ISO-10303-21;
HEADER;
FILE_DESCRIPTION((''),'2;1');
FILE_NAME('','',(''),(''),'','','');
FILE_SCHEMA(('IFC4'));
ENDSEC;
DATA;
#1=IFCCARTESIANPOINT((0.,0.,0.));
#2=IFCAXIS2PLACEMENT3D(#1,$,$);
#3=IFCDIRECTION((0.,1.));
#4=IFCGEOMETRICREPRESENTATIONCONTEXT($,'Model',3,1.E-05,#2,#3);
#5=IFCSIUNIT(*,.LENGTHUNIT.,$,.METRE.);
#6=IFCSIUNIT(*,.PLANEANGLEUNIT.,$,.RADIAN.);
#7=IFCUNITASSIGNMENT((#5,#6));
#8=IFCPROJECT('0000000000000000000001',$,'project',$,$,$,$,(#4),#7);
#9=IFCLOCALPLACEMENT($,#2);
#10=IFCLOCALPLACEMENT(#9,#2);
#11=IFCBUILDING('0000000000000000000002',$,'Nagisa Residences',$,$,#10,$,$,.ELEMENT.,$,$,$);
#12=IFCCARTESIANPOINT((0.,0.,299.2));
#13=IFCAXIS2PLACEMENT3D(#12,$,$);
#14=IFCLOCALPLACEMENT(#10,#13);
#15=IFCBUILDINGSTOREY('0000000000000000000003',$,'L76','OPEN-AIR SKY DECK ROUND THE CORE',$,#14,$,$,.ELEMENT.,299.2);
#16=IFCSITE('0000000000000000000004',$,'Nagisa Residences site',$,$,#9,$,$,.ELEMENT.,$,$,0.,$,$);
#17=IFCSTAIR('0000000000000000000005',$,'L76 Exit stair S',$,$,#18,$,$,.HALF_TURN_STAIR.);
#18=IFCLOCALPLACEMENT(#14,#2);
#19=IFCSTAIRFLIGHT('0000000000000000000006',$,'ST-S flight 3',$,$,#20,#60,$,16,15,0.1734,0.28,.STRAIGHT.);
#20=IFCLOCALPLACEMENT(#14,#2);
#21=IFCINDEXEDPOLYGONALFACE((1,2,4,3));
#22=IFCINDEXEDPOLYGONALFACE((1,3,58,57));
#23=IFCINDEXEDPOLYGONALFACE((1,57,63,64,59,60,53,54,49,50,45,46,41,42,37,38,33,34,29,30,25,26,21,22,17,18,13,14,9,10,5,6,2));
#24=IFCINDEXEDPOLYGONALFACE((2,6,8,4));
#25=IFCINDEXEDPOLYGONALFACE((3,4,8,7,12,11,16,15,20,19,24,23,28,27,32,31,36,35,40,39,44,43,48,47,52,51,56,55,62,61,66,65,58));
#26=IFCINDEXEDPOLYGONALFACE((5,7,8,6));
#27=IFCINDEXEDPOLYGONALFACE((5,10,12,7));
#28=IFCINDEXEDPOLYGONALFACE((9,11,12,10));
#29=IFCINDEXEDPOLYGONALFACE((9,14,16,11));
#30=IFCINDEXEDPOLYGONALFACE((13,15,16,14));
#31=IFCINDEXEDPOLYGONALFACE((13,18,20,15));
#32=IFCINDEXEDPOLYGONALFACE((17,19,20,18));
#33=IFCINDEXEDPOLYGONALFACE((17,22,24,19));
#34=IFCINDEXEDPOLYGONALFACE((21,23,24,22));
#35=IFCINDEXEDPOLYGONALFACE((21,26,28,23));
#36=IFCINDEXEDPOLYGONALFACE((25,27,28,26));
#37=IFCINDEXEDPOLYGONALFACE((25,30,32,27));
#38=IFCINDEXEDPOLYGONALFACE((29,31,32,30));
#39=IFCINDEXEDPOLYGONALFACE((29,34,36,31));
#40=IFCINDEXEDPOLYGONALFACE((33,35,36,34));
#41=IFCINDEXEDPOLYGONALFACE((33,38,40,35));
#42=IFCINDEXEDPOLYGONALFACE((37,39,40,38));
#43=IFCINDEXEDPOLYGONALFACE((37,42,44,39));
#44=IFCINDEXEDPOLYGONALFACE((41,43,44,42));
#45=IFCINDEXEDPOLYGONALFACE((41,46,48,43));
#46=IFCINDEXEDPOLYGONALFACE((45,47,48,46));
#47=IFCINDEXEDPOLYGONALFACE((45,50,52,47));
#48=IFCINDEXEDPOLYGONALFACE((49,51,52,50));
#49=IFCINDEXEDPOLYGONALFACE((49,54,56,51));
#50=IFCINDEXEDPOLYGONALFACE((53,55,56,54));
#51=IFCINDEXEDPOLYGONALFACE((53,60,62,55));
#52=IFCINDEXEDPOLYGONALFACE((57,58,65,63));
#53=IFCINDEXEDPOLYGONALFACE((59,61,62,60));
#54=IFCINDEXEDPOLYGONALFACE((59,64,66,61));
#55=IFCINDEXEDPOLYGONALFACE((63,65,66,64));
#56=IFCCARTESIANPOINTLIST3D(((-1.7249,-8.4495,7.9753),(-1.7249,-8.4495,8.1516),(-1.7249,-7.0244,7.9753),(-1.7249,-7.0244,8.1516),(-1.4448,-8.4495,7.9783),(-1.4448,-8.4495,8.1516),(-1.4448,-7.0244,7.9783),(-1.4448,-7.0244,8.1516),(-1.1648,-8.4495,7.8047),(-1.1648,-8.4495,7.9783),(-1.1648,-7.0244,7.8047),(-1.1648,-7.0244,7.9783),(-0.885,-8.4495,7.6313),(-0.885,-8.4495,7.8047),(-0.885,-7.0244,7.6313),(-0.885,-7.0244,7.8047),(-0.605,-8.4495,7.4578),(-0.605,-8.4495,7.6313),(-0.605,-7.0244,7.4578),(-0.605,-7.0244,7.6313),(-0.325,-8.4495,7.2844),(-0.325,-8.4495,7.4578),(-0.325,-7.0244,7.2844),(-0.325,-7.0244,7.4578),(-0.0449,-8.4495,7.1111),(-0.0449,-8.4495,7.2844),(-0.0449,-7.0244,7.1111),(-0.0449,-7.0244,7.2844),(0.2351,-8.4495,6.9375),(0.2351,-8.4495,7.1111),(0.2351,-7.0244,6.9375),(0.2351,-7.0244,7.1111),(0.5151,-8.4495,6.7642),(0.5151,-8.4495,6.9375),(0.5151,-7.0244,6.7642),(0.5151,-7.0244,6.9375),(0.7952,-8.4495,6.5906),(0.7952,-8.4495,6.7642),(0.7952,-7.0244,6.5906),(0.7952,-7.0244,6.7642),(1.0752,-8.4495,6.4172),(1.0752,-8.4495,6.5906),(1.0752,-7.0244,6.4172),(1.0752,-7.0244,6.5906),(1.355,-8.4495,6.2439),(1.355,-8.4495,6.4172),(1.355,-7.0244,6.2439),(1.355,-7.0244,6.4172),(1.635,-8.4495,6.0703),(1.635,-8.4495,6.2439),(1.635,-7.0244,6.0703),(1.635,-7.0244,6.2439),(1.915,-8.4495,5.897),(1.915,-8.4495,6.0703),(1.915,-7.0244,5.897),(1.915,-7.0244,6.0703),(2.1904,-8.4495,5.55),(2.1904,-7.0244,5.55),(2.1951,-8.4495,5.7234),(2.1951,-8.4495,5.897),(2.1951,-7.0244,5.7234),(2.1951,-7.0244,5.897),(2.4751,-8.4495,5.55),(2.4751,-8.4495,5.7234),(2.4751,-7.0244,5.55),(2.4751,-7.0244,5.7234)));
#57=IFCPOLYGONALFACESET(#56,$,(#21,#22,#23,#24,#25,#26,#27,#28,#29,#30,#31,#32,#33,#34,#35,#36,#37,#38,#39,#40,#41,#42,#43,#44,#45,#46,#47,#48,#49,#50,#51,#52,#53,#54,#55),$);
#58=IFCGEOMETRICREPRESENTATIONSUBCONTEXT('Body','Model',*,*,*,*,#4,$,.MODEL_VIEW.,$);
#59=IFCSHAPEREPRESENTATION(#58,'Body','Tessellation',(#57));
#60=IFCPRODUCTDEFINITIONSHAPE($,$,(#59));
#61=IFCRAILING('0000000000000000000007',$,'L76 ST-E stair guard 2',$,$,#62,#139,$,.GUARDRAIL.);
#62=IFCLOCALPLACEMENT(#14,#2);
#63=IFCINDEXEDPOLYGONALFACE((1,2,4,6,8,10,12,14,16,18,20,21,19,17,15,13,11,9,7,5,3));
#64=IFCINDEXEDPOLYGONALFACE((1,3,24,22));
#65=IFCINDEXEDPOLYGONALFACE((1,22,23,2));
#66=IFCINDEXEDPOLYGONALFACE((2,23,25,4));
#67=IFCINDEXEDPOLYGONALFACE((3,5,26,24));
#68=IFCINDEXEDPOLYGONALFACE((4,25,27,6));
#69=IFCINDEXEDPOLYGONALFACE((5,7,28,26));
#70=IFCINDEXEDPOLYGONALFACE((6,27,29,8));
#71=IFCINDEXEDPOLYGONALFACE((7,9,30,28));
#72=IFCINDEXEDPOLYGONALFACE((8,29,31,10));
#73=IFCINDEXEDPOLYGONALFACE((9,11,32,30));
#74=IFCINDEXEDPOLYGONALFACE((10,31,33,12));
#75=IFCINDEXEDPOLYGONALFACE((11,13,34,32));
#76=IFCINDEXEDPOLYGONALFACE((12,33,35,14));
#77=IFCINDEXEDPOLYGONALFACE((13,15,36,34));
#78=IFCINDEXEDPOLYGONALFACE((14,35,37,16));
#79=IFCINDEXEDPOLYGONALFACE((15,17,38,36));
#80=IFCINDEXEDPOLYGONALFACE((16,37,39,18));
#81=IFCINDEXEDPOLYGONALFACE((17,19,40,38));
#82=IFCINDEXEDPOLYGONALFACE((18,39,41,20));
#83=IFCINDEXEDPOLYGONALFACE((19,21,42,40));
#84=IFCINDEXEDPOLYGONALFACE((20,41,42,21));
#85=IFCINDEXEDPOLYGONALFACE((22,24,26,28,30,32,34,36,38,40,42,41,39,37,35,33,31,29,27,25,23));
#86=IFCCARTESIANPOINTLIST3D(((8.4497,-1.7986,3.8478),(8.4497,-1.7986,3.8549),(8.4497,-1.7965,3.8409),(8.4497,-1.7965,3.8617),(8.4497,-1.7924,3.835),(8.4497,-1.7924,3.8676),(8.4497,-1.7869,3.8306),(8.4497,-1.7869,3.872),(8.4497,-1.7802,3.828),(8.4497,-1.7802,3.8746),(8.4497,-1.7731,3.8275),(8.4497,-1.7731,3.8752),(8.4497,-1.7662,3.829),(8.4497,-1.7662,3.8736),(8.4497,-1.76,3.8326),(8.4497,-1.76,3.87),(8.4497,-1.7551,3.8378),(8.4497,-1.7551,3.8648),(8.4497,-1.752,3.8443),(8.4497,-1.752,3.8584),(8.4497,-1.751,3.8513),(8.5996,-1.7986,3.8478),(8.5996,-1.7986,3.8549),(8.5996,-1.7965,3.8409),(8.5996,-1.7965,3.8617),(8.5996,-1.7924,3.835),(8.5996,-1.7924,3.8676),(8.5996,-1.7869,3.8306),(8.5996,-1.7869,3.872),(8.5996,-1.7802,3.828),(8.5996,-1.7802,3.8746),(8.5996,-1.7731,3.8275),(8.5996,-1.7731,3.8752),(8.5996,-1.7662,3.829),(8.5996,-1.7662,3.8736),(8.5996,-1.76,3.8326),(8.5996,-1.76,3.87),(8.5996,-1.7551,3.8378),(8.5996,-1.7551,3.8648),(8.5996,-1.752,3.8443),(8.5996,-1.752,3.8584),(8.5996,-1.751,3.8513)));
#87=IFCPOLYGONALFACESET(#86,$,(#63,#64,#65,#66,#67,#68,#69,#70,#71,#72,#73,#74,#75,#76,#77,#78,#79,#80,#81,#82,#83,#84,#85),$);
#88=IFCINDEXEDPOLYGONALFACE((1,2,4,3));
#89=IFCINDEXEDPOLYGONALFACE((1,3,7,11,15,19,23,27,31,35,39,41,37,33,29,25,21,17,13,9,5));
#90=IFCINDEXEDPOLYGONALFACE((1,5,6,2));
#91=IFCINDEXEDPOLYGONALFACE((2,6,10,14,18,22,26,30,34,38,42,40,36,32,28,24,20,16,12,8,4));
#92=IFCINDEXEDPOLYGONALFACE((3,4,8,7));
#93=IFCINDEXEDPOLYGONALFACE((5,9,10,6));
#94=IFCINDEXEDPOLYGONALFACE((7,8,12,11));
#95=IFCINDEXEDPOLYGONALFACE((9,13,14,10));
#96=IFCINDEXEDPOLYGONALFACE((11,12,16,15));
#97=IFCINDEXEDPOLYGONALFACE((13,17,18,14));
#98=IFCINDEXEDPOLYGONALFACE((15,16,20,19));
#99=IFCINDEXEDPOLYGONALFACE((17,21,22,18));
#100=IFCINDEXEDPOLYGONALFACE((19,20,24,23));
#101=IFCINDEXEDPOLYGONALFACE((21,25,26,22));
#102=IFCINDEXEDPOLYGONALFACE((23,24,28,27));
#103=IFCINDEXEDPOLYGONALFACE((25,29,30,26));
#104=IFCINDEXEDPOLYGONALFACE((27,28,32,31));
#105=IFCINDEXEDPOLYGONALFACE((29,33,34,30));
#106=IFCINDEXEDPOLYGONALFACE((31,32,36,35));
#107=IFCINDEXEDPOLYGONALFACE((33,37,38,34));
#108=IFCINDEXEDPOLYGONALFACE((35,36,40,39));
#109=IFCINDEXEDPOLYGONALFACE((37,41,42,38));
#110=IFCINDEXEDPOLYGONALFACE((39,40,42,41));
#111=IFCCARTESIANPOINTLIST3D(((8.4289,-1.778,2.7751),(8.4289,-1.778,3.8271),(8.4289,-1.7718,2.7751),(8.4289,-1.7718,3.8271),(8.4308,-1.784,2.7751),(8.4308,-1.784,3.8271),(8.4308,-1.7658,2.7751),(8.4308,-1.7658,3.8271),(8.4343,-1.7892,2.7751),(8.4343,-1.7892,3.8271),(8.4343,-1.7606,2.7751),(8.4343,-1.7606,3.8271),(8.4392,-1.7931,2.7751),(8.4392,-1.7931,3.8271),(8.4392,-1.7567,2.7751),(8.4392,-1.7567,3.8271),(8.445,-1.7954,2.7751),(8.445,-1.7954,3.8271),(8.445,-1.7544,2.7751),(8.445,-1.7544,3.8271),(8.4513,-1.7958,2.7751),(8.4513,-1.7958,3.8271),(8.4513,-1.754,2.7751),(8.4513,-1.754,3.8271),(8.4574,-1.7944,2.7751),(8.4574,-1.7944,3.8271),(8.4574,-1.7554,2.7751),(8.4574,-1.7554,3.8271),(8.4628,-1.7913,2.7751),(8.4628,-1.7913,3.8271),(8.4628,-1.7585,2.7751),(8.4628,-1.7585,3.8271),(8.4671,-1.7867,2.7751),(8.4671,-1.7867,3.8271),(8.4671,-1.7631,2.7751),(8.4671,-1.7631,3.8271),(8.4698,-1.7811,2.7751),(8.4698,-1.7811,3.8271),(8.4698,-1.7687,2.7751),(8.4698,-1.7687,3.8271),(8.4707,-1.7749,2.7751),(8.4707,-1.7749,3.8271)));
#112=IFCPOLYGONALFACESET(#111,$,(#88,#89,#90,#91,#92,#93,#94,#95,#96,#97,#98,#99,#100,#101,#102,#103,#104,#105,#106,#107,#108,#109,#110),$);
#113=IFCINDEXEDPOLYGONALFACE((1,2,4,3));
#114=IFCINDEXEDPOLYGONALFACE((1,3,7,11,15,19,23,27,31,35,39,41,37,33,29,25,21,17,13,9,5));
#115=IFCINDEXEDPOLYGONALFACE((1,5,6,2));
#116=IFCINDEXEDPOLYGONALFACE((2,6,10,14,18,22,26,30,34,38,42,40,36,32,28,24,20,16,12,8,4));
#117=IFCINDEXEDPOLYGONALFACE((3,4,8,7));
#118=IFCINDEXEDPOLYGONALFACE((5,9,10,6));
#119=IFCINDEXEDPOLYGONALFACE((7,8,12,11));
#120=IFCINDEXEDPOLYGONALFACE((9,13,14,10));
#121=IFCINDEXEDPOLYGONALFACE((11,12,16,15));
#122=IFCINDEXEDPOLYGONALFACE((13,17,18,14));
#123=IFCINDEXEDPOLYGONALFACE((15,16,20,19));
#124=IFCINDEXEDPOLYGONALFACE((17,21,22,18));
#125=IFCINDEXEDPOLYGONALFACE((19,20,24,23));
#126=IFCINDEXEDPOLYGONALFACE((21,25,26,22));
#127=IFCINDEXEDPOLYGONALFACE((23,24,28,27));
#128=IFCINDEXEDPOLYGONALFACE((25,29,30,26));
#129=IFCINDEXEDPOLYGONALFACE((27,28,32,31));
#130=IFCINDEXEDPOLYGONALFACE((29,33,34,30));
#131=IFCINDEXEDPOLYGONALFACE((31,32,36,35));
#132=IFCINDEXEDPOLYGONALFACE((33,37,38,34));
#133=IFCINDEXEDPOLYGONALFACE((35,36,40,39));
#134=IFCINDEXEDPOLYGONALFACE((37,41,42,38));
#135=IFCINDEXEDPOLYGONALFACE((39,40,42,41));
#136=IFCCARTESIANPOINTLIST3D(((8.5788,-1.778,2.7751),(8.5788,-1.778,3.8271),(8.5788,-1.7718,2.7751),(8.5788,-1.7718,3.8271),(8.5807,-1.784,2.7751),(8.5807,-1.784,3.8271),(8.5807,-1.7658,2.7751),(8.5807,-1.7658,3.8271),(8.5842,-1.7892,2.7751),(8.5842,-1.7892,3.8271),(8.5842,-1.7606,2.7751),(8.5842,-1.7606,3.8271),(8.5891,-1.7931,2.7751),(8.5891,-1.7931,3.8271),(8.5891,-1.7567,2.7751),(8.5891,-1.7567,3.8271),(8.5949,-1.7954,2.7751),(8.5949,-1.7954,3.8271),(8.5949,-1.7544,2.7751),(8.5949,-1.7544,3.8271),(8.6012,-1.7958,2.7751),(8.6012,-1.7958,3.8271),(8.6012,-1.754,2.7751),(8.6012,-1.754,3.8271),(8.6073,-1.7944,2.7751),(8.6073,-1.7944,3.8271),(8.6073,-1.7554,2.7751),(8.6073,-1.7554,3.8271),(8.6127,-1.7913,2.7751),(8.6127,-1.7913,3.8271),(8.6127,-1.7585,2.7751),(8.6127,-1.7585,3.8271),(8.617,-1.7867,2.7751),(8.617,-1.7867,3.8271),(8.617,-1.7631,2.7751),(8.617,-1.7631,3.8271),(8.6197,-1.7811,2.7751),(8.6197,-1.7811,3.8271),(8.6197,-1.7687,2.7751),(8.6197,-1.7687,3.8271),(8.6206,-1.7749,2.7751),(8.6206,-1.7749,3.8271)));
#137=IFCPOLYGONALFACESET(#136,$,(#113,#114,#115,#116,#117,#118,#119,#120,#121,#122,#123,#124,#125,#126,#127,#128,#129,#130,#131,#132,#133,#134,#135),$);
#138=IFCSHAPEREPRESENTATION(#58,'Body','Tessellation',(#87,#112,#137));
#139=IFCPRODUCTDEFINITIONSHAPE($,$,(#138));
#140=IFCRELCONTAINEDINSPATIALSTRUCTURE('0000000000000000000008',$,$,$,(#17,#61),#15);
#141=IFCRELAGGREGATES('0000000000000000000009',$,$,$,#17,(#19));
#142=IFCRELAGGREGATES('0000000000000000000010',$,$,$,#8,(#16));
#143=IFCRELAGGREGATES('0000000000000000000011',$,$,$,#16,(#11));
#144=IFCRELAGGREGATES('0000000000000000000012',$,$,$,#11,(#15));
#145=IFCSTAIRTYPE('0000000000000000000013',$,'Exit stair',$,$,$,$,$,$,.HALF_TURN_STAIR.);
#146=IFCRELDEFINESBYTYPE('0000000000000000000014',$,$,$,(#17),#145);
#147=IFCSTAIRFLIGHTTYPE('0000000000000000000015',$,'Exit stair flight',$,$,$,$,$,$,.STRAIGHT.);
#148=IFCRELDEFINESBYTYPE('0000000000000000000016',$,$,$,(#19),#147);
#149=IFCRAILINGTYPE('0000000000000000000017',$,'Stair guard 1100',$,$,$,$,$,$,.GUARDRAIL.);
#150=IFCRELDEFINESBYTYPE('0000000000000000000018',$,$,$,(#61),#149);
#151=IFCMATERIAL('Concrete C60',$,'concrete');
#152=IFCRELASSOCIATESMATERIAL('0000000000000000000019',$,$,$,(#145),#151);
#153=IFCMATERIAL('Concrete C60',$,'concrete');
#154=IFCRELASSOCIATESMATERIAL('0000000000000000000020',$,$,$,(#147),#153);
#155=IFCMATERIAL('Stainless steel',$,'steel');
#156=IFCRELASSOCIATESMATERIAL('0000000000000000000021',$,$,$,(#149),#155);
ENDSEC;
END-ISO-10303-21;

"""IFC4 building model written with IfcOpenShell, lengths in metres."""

from ifc_helpers import new_model, si_unit, direction, frame, origin, origin_2d, place, context, subcontext, project, spatial, polyline, circle, outline, extrude, material, type_object, element, aggregate, save


model = new_model("IFC4")

# Units and contexts
model_context = context("Model", 3, precision=1e-05, world=origin(), true_north=direction((0.0, 1.0)))
body_context = subcontext(model_context, "Body", "Model", "MODEL_VIEW")
ifc_project = project(units=[si_unit("LENGTHUNIT", "METRE"), si_unit("PLANEANGLEUNIT", "RADIAN")], contexts=[model_context])

# Site, building, storey
site_placement = place(None, origin())
site = spatial("IfcSite", under=ifc_project, at=site_placement, Name="Nagisa Residences site", CompositionType="ELEMENT", RefElevation=0.0)
building_placement = place(site_placement, origin())
building = spatial("IfcBuilding", under=site, at=building_placement, Name="Nagisa Residences", CompositionType="ELEMENT")
storey_placement = place(building_placement, frame((0.0, 0.0, 299.2)))
storey = spatial("IfcBuildingStorey", under=building, at=storey_placement, Name="L76", Description="OPEN-AIR SKY DECK ROUND THE CORE", CompositionType="ELEMENT", Elevation=299.2)

# Stair, stair flight
ifc_material_1 = material(Name="Concrete C60", Category="concrete")
stair_type = type_object("IfcStairType", Name="Exit stair", PredefinedType="HALF_TURN_STAIR", material=ifc_material_1)
ifc_material_2 = material(Name="Concrete C60", Category="concrete")
stair_flight_type = type_object("IfcStairFlightType", Name="Exit stair flight", PredefinedType="STRAIGHT", material=ifc_material_2)
stair_1_placement = place(storey_placement, origin())
stair_1 = element("IfcStair", 1, at=stair_1_placement, inside=storey, type_object=stair_type, Name="L76 Exit stair S", PredefinedType="HALF_TURN_STAIR")
stair_flight_1_placement = place(storey_placement, frame((2.4751, -7.7371, 5.55), z_axis=(0.0, 0.0, 1.0), x_axis=(-1.0, 0.0, 0.0)))
stair_flight_1 = element("IfcStairFlight", 2, at=stair_flight_1_placement, type_object=stair_flight_type, Name="ST-S flight 3", NumberOfRisers=16, NumberOfTreads=15, PredefinedType="STRAIGHT", RiserHeight=0.1734, TreadLength=0.28, context=body_context, shape_type="SweptSolid", body=[
    extrude(outline(polyline([(0.0, 0.0), (0.0, 0.1733), (0.28, 0.1733), (0.28, 0.3469), (0.5601, 0.3469), (0.5601, 0.5203), (0.8401, 0.5203), (0.8401, 0.6938), (1.1201, 0.6938), (1.1201, 0.8672), (1.3999, 0.8672), (1.3999, 1.0405), (1.6799, 1.0405), (1.6799, 1.2141), (1.96, 1.2141), (1.96, 1.3875), (2.24, 1.3875), (2.24, 1.561), (2.52, 1.561), (2.52, 1.7344), (2.8, 1.7344), (2.8, 1.9077), (3.0801, 1.9077), (3.0801, 2.0813), (3.3601, 2.0813), (3.3601, 2.2546), (3.6399, 2.2546), (3.6399, 2.4282), (3.9199, 2.4282), (3.9199, 2.6016), (4.2, 2.6016), (4.2, 2.7749), (4.2, 2.4253), (0.2847, 0.0), (0.0, 0.0)])), frame((0.0, 0.7124, 0.0), z_axis=(0.0, -1.0, 0.0), x_axis=(1.0, 0.0, 0.0)), (0.0, 0.0, 1.0), 1.425),
])
aggregate(stair_1, [stair_flight_1])

# Railing
ifc_material_3 = material(Name="Stainless steel", Category="steel")
railing_type_1 = type_object("IfcRailingType", Name="Stair guard 1100", PredefinedType="GUARDRAIL", material=ifc_material_3)
railing_1_placement = place(storey_placement, frame((8.4497, -1.7749, 2.7751)))
element("IfcRailing", 3, at=railing_1_placement, inside=storey, type_object=railing_type_1, Name="L76 ST-E stair guard 2", PredefinedType="GUARDRAIL", context=body_context, shape_type="SweptSolid", body=[
    extrude(circle(Radius=0.0239, at=origin_2d()), frame((0.0, 0.0, 1.0762), z_axis=(1.0, 0.0, 0.0), x_axis=(0.0, 1.0, 0.0)), (0.0, 0.0, 1.0), 0.1499),
    extrude(circle(Radius=0.021, at=origin_2d()), origin(), (0.0, 0.0, 1.0), 1.052),
    extrude(circle(Radius=0.021, at=origin_2d()), frame((0.1499, 0.0, 0.0)), (0.0, 0.0, 1.0), 1.052),
])

save(model, "model.ifc")
